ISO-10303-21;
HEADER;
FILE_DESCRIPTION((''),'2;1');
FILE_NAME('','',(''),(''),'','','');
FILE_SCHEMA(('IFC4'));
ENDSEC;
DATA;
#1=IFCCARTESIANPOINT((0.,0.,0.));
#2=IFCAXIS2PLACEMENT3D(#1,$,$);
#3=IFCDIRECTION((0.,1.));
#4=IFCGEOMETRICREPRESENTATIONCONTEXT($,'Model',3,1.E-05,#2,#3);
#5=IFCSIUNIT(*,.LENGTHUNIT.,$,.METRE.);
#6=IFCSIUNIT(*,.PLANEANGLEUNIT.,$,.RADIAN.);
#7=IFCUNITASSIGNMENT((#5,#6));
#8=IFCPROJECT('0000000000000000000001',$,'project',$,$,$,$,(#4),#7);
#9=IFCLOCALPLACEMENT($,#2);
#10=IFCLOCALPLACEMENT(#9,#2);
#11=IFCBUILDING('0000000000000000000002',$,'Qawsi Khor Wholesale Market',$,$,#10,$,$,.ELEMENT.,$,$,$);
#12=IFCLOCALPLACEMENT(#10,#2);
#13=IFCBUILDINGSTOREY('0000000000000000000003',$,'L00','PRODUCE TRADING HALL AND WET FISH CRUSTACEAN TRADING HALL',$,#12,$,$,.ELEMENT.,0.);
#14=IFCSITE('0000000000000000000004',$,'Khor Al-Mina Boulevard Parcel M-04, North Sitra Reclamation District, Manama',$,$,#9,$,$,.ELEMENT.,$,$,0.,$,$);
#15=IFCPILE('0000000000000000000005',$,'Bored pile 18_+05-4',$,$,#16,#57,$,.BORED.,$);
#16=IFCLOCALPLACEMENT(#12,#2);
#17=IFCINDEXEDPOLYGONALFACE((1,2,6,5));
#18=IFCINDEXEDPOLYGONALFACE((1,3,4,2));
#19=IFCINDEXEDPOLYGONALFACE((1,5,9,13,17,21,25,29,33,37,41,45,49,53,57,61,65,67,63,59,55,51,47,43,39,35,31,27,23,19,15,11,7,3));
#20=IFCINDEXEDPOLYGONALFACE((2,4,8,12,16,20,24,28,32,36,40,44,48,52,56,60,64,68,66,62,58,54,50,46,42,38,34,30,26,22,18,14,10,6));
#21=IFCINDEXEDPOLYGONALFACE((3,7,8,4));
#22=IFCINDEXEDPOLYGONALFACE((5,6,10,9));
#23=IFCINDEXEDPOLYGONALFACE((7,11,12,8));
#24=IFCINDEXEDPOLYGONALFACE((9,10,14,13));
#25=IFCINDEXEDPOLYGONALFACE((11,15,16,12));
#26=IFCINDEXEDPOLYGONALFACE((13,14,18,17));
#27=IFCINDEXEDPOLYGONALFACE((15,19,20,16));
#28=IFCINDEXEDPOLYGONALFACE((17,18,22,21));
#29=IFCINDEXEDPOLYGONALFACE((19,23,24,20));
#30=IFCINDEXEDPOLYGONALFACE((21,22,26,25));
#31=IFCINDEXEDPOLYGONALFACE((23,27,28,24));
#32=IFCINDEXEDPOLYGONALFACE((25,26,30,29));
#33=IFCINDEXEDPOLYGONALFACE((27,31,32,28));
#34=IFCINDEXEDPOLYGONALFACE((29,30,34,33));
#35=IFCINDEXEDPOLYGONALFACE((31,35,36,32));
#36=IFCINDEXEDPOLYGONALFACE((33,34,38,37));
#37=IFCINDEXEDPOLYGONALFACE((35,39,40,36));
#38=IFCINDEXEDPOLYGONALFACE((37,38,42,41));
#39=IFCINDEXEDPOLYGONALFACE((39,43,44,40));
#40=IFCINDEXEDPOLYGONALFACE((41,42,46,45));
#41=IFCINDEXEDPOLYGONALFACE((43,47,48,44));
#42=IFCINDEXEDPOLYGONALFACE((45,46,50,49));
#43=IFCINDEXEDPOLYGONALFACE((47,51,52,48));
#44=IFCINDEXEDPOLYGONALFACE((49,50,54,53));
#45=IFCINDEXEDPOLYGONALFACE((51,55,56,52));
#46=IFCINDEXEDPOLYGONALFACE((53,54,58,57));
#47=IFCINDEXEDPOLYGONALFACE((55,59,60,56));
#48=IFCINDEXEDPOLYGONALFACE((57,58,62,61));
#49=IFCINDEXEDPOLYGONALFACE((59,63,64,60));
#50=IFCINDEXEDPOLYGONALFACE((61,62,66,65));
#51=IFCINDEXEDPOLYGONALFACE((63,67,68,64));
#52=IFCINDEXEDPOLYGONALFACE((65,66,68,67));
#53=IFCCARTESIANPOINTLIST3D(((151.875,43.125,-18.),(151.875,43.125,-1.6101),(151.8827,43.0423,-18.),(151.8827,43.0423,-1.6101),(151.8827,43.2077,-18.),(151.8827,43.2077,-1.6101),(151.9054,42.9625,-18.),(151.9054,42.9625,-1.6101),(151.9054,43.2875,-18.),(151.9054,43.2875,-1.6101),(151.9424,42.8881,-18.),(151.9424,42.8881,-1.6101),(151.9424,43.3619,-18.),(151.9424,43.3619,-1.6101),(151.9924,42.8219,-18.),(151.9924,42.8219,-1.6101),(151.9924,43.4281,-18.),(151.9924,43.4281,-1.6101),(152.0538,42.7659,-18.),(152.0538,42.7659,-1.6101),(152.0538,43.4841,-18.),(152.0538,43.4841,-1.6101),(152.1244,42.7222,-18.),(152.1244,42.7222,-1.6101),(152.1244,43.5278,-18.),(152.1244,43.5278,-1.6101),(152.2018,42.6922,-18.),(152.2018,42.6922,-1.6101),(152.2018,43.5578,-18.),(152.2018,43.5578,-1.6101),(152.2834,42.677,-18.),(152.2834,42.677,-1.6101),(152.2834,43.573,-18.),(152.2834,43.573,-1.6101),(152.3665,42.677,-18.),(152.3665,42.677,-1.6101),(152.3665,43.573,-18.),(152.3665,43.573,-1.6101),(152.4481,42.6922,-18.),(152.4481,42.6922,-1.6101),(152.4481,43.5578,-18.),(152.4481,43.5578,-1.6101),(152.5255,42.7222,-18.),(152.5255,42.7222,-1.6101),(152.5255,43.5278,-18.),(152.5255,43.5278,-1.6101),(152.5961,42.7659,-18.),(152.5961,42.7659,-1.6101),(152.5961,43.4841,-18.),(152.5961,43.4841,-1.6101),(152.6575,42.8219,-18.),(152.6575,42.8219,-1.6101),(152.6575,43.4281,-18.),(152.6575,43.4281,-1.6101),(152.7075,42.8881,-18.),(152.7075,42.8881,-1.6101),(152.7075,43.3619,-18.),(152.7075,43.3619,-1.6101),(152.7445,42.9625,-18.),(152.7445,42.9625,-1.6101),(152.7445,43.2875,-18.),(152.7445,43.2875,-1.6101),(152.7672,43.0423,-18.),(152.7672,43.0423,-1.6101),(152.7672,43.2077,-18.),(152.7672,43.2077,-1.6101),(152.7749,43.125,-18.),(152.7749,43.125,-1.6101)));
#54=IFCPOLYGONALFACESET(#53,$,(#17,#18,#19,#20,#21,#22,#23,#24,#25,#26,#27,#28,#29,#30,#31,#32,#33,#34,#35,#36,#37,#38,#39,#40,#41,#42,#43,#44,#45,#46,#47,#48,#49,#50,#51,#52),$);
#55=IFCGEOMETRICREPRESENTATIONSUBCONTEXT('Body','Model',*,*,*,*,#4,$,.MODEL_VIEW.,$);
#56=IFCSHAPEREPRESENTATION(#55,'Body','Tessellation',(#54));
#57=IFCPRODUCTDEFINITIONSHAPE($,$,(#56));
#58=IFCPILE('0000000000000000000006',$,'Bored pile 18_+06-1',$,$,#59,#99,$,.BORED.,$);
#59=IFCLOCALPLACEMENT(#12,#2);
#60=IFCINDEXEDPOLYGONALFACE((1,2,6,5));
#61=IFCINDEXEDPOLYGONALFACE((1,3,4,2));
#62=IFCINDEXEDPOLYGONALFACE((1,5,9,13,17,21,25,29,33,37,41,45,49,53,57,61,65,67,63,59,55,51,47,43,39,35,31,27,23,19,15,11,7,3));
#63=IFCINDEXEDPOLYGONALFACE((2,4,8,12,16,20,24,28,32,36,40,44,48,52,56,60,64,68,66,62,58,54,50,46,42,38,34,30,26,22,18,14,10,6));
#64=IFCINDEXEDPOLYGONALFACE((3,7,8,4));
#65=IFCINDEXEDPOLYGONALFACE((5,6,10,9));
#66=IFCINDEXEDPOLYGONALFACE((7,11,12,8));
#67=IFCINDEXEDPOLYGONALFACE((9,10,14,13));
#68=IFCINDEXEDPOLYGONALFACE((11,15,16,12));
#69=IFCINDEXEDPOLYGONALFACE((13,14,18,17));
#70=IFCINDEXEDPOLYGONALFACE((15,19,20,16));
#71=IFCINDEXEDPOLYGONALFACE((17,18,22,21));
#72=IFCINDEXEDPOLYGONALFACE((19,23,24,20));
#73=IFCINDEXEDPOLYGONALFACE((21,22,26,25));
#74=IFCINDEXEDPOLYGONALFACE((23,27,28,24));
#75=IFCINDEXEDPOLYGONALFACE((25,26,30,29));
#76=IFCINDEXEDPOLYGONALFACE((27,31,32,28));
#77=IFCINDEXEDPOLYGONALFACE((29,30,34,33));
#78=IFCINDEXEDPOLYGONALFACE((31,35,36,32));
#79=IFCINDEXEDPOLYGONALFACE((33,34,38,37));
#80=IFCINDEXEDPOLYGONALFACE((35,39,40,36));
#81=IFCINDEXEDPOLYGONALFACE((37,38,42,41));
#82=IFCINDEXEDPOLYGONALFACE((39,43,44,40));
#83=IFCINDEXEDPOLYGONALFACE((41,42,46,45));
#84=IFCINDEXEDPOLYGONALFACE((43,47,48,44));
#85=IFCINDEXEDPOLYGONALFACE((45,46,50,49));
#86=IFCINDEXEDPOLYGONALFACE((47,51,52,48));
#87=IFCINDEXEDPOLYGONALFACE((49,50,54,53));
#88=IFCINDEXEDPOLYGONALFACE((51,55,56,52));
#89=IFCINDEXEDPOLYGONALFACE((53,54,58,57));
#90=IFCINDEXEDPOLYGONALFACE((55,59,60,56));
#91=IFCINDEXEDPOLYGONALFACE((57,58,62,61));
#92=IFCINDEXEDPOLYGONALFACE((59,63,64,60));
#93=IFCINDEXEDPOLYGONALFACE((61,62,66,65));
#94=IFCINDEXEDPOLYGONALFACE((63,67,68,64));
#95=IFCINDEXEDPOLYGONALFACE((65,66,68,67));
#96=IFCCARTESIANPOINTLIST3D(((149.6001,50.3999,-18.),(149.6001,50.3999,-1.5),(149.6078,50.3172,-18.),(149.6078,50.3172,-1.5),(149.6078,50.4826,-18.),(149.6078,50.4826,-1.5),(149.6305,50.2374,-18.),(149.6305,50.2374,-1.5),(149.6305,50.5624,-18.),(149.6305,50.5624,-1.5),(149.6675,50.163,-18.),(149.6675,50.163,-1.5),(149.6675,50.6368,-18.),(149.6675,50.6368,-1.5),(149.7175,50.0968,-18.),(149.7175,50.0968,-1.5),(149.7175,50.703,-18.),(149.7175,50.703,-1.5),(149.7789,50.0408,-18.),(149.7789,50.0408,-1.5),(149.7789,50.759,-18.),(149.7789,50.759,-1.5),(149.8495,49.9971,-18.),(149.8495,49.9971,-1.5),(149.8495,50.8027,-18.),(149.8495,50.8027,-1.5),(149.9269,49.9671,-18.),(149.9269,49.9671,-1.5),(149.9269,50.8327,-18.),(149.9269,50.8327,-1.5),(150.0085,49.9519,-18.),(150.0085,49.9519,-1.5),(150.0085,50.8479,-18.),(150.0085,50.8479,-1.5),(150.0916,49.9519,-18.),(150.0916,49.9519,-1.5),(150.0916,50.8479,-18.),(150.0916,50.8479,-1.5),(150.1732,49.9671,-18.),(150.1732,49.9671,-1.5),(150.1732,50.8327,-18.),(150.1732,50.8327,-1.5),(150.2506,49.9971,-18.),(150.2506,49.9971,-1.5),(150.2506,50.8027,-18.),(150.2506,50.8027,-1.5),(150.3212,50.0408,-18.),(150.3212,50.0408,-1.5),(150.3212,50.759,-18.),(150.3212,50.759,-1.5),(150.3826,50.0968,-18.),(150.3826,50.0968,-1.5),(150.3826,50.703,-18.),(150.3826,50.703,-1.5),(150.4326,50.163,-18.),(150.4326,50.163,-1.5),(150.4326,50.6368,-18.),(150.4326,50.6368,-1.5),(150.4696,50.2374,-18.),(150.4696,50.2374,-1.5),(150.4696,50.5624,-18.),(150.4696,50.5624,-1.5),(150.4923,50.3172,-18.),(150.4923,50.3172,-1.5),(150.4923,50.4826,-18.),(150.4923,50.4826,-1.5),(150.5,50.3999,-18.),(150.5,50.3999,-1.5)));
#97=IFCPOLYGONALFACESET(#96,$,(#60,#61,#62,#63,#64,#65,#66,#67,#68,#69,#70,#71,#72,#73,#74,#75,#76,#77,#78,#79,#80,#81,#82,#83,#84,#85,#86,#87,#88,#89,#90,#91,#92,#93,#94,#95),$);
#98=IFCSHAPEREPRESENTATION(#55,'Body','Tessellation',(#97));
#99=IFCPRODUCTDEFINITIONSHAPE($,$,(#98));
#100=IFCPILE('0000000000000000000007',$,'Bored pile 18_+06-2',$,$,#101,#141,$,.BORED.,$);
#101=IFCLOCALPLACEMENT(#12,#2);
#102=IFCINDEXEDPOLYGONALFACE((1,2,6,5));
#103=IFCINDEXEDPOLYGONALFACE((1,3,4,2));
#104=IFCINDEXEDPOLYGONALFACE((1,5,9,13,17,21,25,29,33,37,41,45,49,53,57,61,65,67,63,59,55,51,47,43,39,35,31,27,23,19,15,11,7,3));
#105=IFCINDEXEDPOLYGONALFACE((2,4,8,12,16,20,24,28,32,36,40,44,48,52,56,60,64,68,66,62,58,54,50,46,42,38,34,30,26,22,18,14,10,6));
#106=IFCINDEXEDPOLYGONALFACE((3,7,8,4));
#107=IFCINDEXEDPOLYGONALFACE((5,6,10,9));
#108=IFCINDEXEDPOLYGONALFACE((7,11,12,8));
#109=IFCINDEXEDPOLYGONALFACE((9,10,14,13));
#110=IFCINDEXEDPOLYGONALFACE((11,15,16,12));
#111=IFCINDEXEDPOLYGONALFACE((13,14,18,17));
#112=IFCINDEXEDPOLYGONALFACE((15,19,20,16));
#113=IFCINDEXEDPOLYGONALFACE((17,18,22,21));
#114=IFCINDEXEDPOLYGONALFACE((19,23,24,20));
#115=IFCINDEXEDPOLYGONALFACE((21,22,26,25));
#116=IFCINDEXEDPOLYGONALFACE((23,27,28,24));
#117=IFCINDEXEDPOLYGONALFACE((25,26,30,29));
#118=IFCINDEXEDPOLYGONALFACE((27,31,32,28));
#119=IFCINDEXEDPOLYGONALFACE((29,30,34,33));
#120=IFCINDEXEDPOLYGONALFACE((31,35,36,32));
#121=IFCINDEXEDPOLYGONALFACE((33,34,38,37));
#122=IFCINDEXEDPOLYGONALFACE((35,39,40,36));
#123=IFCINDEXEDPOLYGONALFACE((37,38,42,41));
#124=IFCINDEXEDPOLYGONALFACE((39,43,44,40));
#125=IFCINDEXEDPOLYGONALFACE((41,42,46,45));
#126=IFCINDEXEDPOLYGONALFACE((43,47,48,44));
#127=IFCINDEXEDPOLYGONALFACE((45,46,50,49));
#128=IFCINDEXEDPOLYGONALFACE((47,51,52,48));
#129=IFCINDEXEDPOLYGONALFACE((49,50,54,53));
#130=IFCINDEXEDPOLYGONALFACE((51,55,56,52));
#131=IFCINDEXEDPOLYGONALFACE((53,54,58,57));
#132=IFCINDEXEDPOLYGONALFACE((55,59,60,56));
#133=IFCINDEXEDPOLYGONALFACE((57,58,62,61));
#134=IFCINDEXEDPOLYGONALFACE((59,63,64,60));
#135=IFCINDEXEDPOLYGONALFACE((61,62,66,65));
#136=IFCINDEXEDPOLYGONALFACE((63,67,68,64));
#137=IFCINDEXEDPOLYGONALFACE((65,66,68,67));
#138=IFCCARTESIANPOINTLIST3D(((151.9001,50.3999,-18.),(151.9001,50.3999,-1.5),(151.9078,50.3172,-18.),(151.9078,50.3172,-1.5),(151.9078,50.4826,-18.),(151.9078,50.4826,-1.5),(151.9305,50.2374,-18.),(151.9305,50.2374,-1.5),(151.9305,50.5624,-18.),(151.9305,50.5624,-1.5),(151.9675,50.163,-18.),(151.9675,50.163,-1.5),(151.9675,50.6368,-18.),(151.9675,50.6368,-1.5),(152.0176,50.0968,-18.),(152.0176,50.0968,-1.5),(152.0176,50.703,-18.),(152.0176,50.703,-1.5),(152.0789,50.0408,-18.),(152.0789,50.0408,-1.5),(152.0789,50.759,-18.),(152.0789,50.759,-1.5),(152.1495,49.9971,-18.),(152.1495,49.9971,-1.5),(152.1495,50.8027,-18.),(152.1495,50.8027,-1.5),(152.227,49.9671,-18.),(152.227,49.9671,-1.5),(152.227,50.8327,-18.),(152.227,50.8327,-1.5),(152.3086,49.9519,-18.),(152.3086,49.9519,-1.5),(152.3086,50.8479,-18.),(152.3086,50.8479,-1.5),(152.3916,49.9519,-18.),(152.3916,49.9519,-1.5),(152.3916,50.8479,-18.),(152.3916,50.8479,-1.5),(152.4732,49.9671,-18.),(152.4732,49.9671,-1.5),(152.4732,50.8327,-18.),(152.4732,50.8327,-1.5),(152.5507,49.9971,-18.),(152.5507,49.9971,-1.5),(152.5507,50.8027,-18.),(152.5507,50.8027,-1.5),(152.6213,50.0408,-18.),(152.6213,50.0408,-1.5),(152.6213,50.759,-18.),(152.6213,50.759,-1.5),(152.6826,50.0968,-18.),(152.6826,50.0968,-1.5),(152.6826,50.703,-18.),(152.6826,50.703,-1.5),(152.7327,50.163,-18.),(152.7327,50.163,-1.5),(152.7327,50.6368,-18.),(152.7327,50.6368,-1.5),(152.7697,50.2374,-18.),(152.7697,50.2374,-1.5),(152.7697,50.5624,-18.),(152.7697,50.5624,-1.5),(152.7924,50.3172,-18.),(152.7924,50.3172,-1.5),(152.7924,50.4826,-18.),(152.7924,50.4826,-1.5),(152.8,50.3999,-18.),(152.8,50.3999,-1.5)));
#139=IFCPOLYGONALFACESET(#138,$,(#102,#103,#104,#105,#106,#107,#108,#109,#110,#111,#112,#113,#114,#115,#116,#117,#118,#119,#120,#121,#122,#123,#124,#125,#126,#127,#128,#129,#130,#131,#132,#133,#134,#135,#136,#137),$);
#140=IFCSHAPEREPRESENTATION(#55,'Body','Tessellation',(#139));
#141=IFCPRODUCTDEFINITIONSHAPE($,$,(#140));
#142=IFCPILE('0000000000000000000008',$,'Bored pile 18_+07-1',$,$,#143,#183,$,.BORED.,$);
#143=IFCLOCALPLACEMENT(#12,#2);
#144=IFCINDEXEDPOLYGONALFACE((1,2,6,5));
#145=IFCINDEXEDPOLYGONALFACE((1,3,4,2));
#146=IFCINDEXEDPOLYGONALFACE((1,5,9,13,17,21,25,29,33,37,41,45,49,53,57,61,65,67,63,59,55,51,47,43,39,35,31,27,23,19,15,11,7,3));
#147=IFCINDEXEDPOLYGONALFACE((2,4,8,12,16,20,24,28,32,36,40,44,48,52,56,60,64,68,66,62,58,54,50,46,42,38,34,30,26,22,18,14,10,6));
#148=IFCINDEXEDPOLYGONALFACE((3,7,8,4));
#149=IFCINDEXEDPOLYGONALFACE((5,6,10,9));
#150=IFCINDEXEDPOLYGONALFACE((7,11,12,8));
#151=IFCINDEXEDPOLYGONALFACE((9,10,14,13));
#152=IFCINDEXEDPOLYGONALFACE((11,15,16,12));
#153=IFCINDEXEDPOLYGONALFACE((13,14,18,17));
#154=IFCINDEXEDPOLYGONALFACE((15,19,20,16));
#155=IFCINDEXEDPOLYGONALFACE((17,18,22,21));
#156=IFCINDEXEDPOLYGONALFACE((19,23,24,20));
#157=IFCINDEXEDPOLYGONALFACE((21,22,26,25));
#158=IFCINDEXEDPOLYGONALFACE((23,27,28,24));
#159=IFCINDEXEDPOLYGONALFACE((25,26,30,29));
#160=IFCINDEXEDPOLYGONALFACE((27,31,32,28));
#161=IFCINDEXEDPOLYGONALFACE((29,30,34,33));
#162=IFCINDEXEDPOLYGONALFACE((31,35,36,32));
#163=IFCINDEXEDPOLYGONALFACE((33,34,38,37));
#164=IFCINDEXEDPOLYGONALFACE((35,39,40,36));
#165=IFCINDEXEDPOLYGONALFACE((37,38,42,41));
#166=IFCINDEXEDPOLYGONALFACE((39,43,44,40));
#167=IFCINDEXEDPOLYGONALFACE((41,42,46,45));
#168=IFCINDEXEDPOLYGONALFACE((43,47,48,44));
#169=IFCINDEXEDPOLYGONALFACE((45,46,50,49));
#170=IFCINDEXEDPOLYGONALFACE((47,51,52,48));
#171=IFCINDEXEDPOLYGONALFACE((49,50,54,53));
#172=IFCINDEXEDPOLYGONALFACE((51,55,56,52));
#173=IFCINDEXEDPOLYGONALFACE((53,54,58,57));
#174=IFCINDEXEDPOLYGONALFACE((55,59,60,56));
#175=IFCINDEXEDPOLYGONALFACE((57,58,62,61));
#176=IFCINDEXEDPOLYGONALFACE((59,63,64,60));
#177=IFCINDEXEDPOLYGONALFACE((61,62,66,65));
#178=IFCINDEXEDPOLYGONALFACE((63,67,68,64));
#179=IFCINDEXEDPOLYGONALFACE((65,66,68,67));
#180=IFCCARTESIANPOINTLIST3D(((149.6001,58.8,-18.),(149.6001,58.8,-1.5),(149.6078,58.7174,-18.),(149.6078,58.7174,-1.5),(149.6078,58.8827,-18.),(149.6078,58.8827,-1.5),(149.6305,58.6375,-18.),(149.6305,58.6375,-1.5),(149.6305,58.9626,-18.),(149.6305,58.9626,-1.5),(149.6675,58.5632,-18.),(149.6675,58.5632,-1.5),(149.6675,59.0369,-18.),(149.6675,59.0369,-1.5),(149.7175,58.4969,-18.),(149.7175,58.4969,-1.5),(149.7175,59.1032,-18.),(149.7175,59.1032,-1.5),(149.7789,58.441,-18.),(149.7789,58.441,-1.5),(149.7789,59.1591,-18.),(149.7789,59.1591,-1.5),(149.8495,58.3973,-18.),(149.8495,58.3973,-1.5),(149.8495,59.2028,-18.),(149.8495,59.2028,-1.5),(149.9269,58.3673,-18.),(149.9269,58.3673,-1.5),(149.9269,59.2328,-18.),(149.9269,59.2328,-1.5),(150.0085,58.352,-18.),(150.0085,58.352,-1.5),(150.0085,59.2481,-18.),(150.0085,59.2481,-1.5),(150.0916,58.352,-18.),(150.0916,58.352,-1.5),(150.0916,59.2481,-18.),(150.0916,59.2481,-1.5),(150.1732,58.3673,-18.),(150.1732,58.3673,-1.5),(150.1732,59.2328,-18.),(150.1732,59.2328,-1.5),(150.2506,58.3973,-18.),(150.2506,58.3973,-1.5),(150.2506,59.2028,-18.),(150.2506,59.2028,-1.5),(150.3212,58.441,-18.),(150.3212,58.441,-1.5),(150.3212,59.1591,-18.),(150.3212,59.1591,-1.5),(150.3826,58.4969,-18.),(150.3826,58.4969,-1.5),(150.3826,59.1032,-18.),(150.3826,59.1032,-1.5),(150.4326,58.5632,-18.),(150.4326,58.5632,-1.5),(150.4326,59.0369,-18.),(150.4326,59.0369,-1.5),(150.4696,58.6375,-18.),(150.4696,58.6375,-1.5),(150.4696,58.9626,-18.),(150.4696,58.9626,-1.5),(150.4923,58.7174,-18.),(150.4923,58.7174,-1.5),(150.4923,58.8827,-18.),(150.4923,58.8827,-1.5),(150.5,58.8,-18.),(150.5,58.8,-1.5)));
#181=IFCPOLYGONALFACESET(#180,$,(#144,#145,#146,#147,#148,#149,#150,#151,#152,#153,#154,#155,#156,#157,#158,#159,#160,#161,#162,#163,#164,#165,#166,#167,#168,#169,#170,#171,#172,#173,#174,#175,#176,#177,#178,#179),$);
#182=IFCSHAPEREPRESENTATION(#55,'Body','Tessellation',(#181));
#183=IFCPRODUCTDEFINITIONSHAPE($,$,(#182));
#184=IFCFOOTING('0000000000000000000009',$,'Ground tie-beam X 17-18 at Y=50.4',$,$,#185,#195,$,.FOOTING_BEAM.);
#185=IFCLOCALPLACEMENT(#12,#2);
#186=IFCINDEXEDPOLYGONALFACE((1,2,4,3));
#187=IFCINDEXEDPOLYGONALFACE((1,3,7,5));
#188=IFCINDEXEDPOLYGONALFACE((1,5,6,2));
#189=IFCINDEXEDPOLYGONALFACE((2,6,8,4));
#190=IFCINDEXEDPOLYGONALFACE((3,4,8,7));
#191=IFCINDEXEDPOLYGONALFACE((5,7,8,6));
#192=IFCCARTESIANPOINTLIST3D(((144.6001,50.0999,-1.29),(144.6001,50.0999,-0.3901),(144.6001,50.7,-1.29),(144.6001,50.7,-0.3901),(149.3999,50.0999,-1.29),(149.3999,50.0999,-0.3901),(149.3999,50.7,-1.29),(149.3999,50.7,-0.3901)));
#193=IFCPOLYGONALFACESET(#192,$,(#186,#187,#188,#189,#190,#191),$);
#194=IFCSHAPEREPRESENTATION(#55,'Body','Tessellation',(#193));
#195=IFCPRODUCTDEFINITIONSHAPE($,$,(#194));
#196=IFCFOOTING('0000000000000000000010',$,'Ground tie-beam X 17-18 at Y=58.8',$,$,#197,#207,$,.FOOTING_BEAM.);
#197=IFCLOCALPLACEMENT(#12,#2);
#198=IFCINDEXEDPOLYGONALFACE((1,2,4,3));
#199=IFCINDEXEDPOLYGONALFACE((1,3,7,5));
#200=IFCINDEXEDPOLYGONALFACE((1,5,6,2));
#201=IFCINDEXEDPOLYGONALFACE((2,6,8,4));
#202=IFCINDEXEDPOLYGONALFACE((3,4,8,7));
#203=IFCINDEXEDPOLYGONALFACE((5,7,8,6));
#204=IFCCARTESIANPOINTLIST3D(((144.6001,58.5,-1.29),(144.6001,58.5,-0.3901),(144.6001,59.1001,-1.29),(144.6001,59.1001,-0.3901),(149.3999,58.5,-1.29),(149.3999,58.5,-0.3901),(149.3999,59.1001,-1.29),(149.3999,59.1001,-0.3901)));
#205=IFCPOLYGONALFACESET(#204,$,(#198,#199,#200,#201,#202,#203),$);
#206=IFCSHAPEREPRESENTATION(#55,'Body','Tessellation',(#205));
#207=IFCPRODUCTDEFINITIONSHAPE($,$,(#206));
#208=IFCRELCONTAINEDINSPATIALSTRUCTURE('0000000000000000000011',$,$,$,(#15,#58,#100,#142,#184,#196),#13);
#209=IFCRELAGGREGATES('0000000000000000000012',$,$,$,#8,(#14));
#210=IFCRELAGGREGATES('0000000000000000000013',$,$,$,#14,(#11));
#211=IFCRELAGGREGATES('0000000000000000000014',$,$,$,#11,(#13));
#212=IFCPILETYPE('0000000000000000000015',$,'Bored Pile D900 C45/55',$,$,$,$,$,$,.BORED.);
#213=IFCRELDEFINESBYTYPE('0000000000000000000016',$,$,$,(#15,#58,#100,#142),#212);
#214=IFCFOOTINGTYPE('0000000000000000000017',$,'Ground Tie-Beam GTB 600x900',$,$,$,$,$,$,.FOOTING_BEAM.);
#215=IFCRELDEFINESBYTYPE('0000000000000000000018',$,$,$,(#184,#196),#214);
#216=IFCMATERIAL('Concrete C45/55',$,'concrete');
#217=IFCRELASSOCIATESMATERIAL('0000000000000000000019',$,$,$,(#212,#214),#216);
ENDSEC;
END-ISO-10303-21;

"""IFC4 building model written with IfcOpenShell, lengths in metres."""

from ifc_helpers import new_model, si_unit, direction, frame, origin, origin_2d, place, context, subcontext, project, spatial, rectangle, circle, extrude, material, material_profile, profile_set, type_object, element, save


model = new_model("IFC4")

# Units and contexts
model_context = context("Model", 3, precision=1e-05, world=origin(), true_north=direction((0.0, 1.0)))
body_context = subcontext(model_context, "Body", "Model", "MODEL_VIEW")
ifc_project = project(units=[si_unit("LENGTHUNIT", "METRE"), si_unit("PLANEANGLEUNIT", "RADIAN")], contexts=[model_context])

# Site, building, storey
site_placement = place(None, origin())
site = spatial("IfcSite", under=ifc_project, at=site_placement, Name="Khor Al-Mina Boulevard Parcel M-04, North Sitra Reclamation District, Manama", CompositionType="ELEMENT", RefElevation=0.0)
building_placement = place(site_placement, origin())
building = spatial("IfcBuilding", under=site, at=building_placement, Name="Qawsi Khor Wholesale Market", CompositionType="ELEMENT")
storey_placement = place(building_placement, origin())
storey = spatial("IfcBuildingStorey", under=building, at=storey_placement, Name="L00", Description="PRODUCE TRADING HALL AND WET FISH CRUSTACEAN TRADING HALL", CompositionType="ELEMENT", Elevation=0.0)

# Piles
ifc_material_1 = material(Name="Concrete C45/55", Category="concrete")
ifc_material_profile_1 = material_profile(ifc_material_1, circle(Radius=0.45, at=origin_2d()), Name="PILE D900")
ifc_profile_set_1 = profile_set([ifc_material_profile_1], Name="Concrete C45/55")
pile_type = type_object("IfcPileType", Name="Bored Pile D900 C45/55", PredefinedType="BORED", material=ifc_profile_set_1)
for number, where, z_axis, x_axis, name in (
    (1, (152.325, 43.125, -1.6101), (0.0, 0.0, -1.0), (1.0, 0.0, 0.0), "Bored pile 18_+05-4"),
):
    element("IfcPile", number, at=place(storey_placement, frame(where, z_axis=z_axis, x_axis=x_axis)), inside=storey, type_object=pile_type, Name=name, PredefinedType="BORED", context=body_context, shape_type="SweptSolid", body=[
        extrude(circle(Radius=0.45, at=origin_2d()), origin(), (0.0, 0.0, 1.0), 16.3899),
    ])
for number, where, z_axis, x_axis, name in (
    (2, (150.05, 50.3999, -1.5), (0.0, 0.0, -1.0), (1.0, 0.0, 0.0), "Bored pile 18_+06-1"),
    (3, (152.3501, 50.3999, -1.5), (0.0, 0.0, -1.0), (1.0, 0.0, 0.0), "Bored pile 18_+06-2"),
    (4, (150.05, 58.8, -1.5), (0.0, 0.0, -1.0), (1.0, 0.0, 0.0), "Bored pile 18_+07-1"),
):
    element("IfcPile", number, at=place(storey_placement, frame(where, z_axis=z_axis, x_axis=x_axis)), inside=storey, type_object=pile_type, Name=name, PredefinedType="BORED", context=body_context, shape_type="SweptSolid", body=[
        extrude(circle(Radius=0.45, at=origin_2d()), origin(), (0.0, 0.0, 1.0), 16.5),
    ])

# Footings
ifc_material_profile_2 = material_profile(ifc_material_1, rectangle(XDim=0.6001, YDim=0.8999, at=origin_2d()), Name="RC 600x900")
ifc_profile_set_2 = profile_set([ifc_material_profile_2], Name="Concrete C45/55")
footing_type_1 = type_object("IfcFootingType", Name="Ground Tie-Beam GTB 600x900", PredefinedType="FOOTING_BEAM", material=ifc_profile_set_2)
for number, where, z_axis, x_axis, name in (
    (5, (144.6001, 50.3999, -0.8401), (1.0, 0.0, 0.0), (0.0, 1.0, 0.0), "Ground tie-beam X 17-18 at Y=50.4"),
    (6, (144.6001, 58.8, -0.8401), (1.0, 0.0, 0.0), (0.0, 1.0, 0.0), "Ground tie-beam X 17-18 at Y=58.8"),
):
    element("IfcFooting", number, at=place(storey_placement, frame(where, z_axis=z_axis, x_axis=x_axis)), inside=storey, type_object=footing_type_1, Name=name, PredefinedType="FOOTING_BEAM", context=body_context, shape_type="SweptSolid", body=[
        extrude(rectangle(XDim=0.6001, YDim=0.8999, at=origin_2d()), origin(), (0.0, 0.0, 1.0), 4.7998),
    ])

save(model, "model.ifc")
